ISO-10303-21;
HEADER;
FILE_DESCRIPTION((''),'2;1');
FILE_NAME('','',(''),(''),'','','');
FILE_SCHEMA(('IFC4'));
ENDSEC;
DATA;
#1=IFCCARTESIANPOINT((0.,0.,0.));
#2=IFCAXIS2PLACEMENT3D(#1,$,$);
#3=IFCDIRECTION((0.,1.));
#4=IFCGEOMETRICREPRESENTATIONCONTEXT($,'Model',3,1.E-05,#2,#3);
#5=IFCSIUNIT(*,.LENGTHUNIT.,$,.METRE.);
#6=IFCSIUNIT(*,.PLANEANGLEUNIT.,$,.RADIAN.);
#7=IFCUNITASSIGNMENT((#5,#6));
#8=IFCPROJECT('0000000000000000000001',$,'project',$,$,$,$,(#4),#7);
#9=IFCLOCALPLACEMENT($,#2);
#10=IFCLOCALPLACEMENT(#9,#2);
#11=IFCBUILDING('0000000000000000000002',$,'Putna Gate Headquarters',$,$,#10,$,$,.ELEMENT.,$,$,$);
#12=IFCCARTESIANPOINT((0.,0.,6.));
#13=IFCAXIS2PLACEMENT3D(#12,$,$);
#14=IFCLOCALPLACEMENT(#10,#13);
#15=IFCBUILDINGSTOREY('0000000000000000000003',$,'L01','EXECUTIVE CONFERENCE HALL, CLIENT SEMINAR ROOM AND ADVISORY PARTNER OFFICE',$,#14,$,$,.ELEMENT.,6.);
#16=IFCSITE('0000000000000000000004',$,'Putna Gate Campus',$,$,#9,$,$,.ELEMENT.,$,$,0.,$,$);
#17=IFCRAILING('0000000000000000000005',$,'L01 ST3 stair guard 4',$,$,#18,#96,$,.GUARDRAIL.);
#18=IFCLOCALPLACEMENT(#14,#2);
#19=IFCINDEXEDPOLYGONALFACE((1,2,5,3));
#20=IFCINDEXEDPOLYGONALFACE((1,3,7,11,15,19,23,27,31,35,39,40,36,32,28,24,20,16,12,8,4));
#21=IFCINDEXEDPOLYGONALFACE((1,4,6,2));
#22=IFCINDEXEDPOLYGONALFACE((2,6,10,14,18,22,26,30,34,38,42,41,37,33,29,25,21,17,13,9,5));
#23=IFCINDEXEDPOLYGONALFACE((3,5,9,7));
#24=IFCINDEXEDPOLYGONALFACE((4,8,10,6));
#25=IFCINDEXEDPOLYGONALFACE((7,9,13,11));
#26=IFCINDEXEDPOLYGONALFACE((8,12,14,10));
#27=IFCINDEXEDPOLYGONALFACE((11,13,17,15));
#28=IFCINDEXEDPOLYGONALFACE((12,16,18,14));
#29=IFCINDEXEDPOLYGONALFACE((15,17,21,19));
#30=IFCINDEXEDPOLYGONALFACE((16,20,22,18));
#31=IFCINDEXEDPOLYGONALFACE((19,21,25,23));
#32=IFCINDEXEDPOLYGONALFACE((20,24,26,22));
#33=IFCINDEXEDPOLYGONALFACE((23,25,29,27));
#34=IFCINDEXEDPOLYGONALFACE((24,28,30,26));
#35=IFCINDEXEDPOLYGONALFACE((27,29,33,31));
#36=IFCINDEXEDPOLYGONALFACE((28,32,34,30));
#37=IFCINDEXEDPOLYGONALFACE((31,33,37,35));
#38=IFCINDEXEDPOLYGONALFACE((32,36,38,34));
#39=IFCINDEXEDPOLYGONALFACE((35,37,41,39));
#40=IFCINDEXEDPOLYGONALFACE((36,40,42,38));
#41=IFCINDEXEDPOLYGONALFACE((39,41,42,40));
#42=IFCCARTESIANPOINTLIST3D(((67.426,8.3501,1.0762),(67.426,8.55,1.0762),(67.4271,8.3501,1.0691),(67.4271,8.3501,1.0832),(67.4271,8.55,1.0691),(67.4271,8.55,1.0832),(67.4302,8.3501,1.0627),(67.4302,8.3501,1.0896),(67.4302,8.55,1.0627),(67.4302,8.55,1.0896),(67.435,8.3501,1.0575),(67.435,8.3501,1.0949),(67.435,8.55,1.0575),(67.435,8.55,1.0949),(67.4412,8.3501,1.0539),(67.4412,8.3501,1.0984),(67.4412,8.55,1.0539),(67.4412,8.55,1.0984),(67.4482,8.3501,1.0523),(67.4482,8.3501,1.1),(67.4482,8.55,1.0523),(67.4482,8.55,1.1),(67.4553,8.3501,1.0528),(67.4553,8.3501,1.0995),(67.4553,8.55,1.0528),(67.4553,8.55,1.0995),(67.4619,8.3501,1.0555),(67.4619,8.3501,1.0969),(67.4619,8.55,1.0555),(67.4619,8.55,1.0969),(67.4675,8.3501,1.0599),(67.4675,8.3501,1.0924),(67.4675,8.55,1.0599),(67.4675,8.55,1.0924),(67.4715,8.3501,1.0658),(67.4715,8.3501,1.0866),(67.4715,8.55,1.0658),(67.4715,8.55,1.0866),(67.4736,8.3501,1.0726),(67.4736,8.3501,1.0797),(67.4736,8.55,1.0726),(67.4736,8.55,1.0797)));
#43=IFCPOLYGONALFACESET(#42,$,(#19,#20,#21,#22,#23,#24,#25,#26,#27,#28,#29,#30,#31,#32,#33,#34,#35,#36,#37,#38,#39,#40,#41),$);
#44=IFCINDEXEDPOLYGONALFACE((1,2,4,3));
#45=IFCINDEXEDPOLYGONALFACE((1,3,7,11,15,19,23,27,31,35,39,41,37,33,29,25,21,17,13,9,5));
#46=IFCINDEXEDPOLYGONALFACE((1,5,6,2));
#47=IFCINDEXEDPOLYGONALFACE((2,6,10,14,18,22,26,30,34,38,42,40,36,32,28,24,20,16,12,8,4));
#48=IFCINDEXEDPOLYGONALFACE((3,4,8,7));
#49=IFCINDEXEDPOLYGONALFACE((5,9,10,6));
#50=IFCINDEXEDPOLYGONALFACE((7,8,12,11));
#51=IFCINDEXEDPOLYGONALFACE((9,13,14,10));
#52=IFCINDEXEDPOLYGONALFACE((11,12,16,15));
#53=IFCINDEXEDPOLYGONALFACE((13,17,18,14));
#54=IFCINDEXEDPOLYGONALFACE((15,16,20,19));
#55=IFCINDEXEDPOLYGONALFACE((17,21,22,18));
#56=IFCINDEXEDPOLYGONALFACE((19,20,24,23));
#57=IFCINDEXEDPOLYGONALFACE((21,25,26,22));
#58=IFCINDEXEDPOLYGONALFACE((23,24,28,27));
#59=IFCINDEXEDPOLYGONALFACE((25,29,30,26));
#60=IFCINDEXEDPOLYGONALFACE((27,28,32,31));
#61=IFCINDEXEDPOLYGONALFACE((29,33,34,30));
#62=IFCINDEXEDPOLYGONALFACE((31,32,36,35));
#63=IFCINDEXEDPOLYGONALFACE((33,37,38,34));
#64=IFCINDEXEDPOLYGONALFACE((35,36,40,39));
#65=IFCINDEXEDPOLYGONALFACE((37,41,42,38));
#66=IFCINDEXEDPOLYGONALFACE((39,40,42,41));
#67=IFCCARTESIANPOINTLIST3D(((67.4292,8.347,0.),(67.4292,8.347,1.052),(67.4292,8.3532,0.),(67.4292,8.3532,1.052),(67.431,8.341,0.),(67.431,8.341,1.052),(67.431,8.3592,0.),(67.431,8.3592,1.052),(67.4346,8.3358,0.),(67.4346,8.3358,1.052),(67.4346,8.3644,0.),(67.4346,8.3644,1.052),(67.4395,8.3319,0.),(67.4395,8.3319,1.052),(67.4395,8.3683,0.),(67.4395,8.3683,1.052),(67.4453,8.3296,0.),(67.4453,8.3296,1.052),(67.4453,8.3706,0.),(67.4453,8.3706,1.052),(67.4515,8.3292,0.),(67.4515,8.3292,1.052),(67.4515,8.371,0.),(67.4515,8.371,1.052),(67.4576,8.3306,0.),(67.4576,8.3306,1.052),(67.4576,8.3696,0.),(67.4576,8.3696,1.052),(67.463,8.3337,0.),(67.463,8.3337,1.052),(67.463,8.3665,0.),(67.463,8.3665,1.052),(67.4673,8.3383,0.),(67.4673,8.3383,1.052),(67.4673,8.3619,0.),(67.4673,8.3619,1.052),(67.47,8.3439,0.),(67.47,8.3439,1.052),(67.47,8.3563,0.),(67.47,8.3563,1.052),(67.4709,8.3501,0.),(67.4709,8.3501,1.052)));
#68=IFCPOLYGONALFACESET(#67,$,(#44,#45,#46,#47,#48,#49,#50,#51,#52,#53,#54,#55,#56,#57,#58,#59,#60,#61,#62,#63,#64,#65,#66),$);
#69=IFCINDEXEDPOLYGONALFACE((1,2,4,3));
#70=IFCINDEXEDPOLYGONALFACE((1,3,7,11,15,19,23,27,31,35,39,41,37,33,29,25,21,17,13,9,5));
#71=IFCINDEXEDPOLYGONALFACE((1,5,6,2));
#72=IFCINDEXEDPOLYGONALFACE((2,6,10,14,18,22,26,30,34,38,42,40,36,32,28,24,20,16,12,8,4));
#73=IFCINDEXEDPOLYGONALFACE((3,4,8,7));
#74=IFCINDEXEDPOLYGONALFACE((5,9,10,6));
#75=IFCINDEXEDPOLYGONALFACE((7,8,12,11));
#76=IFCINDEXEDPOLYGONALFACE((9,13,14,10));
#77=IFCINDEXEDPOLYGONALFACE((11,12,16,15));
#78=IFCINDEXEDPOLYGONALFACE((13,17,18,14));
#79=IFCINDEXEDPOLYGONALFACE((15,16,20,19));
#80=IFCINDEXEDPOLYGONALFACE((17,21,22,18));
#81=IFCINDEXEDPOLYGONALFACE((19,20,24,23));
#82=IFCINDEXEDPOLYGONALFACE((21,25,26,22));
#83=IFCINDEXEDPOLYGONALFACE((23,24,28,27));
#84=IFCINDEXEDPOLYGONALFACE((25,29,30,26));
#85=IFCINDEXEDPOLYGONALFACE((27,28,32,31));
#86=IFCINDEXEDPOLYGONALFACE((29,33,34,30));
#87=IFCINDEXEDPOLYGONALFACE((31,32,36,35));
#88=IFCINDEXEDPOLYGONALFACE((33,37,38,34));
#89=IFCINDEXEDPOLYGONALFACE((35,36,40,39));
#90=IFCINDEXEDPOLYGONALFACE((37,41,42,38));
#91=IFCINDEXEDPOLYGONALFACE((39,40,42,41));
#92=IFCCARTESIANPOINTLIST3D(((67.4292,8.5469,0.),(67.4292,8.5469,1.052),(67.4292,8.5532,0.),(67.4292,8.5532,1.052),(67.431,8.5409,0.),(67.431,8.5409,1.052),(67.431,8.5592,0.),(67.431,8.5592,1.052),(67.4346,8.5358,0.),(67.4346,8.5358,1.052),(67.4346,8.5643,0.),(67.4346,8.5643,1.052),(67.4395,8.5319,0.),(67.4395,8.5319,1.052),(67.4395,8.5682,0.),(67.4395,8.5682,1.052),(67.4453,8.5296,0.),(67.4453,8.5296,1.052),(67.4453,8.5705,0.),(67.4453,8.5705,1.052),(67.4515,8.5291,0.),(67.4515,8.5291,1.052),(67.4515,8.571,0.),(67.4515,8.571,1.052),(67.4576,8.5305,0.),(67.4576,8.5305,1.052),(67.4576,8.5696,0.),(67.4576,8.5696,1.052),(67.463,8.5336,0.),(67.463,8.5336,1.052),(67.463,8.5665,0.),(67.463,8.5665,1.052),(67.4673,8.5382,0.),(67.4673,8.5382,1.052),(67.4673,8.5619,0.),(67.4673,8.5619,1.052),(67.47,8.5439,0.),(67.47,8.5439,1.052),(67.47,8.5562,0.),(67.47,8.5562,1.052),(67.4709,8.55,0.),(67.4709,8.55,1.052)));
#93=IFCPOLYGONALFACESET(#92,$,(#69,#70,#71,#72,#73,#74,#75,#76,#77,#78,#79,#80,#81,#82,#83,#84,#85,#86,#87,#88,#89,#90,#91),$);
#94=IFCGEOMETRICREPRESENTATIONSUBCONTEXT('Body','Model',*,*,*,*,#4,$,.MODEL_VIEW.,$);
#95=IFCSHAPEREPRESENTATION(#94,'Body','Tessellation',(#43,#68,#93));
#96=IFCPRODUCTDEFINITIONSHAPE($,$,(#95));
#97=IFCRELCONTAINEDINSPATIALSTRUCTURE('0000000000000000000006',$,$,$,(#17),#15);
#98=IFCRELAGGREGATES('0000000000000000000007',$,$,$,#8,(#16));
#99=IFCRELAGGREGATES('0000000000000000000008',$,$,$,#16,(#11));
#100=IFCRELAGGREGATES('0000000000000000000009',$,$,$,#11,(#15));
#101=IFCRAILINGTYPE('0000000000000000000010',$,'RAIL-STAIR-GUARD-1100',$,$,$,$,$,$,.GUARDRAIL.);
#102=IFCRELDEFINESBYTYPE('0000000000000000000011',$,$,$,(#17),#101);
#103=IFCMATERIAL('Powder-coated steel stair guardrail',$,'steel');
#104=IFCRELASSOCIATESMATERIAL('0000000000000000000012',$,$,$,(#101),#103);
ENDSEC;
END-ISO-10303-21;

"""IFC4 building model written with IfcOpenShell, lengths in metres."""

from ifc_helpers import new_model, si_unit, direction, frame, origin, origin_2d, place, context, subcontext, project, spatial, circle, extrude, material, type_object, element, save


model = new_model("IFC4")

# Units and contexts
model_context = context("Model", 3, precision=1e-05, world=origin(), true_north=direction((0.0, 1.0)))
body_context = subcontext(model_context, "Body", "Model", "MODEL_VIEW")
ifc_project = project(units=[si_unit("LENGTHUNIT", "METRE"), si_unit("PLANEANGLEUNIT", "RADIAN")], contexts=[model_context])

# Site, building, storey
site_placement = place(None, origin())
site = spatial("IfcSite", under=ifc_project, at=site_placement, Name="Putna Gate Campus", CompositionType="ELEMENT", RefElevation=0.0)
building_placement = place(site_placement, origin())
building = spatial("IfcBuilding", under=site, at=building_placement, Name="Putna Gate Headquarters", CompositionType="ELEMENT")
storey_placement = place(building_placement, frame((0.0, 0.0, 6.0)))
storey = spatial("IfcBuildingStorey", under=building, at=storey_placement, Name="L01", Description="EXECUTIVE CONFERENCE HALL, CLIENT SEMINAR ROOM AND ADVISORY PARTNER OFFICE", CompositionType="ELEMENT", Elevation=6.0)

# Railing
ifc_material_1 = material(Name="Powder-coated steel stair guardrail", Category="steel")
railing_type_1 = type_object("IfcRailingType", Name="RAIL-STAIR-GUARD-1100", PredefinedType="GUARDRAIL", material=ifc_material_1)
railing_1_placement = place(storey_placement, frame((67.45, 8.3501, 0.0)))
element("IfcRailing", 1, at=railing_1_placement, inside=storey, type_object=railing_type_1, Name="L01 ST3 stair guard 4", PredefinedType="GUARDRAIL", context=body_context, shape_type="SweptSolid", body=[
    extrude(circle(Radius=0.0239, at=origin_2d()), frame((0.0, 0.0, 1.0762), z_axis=(0.0, 1.0, 0.0), x_axis=(-1.0, 0.0, 0.0)), (0.0, 0.0, 1.0), 0.2),
    extrude(circle(Radius=0.021, at=origin_2d()), origin(), (0.0, 0.0, 1.0), 1.052),
    extrude(circle(Radius=0.021, at=origin_2d()), frame((0.0, 0.2, 0.0)), (0.0, 0.0, 1.0), 1.052),
])

save(model, "model.ifc")
